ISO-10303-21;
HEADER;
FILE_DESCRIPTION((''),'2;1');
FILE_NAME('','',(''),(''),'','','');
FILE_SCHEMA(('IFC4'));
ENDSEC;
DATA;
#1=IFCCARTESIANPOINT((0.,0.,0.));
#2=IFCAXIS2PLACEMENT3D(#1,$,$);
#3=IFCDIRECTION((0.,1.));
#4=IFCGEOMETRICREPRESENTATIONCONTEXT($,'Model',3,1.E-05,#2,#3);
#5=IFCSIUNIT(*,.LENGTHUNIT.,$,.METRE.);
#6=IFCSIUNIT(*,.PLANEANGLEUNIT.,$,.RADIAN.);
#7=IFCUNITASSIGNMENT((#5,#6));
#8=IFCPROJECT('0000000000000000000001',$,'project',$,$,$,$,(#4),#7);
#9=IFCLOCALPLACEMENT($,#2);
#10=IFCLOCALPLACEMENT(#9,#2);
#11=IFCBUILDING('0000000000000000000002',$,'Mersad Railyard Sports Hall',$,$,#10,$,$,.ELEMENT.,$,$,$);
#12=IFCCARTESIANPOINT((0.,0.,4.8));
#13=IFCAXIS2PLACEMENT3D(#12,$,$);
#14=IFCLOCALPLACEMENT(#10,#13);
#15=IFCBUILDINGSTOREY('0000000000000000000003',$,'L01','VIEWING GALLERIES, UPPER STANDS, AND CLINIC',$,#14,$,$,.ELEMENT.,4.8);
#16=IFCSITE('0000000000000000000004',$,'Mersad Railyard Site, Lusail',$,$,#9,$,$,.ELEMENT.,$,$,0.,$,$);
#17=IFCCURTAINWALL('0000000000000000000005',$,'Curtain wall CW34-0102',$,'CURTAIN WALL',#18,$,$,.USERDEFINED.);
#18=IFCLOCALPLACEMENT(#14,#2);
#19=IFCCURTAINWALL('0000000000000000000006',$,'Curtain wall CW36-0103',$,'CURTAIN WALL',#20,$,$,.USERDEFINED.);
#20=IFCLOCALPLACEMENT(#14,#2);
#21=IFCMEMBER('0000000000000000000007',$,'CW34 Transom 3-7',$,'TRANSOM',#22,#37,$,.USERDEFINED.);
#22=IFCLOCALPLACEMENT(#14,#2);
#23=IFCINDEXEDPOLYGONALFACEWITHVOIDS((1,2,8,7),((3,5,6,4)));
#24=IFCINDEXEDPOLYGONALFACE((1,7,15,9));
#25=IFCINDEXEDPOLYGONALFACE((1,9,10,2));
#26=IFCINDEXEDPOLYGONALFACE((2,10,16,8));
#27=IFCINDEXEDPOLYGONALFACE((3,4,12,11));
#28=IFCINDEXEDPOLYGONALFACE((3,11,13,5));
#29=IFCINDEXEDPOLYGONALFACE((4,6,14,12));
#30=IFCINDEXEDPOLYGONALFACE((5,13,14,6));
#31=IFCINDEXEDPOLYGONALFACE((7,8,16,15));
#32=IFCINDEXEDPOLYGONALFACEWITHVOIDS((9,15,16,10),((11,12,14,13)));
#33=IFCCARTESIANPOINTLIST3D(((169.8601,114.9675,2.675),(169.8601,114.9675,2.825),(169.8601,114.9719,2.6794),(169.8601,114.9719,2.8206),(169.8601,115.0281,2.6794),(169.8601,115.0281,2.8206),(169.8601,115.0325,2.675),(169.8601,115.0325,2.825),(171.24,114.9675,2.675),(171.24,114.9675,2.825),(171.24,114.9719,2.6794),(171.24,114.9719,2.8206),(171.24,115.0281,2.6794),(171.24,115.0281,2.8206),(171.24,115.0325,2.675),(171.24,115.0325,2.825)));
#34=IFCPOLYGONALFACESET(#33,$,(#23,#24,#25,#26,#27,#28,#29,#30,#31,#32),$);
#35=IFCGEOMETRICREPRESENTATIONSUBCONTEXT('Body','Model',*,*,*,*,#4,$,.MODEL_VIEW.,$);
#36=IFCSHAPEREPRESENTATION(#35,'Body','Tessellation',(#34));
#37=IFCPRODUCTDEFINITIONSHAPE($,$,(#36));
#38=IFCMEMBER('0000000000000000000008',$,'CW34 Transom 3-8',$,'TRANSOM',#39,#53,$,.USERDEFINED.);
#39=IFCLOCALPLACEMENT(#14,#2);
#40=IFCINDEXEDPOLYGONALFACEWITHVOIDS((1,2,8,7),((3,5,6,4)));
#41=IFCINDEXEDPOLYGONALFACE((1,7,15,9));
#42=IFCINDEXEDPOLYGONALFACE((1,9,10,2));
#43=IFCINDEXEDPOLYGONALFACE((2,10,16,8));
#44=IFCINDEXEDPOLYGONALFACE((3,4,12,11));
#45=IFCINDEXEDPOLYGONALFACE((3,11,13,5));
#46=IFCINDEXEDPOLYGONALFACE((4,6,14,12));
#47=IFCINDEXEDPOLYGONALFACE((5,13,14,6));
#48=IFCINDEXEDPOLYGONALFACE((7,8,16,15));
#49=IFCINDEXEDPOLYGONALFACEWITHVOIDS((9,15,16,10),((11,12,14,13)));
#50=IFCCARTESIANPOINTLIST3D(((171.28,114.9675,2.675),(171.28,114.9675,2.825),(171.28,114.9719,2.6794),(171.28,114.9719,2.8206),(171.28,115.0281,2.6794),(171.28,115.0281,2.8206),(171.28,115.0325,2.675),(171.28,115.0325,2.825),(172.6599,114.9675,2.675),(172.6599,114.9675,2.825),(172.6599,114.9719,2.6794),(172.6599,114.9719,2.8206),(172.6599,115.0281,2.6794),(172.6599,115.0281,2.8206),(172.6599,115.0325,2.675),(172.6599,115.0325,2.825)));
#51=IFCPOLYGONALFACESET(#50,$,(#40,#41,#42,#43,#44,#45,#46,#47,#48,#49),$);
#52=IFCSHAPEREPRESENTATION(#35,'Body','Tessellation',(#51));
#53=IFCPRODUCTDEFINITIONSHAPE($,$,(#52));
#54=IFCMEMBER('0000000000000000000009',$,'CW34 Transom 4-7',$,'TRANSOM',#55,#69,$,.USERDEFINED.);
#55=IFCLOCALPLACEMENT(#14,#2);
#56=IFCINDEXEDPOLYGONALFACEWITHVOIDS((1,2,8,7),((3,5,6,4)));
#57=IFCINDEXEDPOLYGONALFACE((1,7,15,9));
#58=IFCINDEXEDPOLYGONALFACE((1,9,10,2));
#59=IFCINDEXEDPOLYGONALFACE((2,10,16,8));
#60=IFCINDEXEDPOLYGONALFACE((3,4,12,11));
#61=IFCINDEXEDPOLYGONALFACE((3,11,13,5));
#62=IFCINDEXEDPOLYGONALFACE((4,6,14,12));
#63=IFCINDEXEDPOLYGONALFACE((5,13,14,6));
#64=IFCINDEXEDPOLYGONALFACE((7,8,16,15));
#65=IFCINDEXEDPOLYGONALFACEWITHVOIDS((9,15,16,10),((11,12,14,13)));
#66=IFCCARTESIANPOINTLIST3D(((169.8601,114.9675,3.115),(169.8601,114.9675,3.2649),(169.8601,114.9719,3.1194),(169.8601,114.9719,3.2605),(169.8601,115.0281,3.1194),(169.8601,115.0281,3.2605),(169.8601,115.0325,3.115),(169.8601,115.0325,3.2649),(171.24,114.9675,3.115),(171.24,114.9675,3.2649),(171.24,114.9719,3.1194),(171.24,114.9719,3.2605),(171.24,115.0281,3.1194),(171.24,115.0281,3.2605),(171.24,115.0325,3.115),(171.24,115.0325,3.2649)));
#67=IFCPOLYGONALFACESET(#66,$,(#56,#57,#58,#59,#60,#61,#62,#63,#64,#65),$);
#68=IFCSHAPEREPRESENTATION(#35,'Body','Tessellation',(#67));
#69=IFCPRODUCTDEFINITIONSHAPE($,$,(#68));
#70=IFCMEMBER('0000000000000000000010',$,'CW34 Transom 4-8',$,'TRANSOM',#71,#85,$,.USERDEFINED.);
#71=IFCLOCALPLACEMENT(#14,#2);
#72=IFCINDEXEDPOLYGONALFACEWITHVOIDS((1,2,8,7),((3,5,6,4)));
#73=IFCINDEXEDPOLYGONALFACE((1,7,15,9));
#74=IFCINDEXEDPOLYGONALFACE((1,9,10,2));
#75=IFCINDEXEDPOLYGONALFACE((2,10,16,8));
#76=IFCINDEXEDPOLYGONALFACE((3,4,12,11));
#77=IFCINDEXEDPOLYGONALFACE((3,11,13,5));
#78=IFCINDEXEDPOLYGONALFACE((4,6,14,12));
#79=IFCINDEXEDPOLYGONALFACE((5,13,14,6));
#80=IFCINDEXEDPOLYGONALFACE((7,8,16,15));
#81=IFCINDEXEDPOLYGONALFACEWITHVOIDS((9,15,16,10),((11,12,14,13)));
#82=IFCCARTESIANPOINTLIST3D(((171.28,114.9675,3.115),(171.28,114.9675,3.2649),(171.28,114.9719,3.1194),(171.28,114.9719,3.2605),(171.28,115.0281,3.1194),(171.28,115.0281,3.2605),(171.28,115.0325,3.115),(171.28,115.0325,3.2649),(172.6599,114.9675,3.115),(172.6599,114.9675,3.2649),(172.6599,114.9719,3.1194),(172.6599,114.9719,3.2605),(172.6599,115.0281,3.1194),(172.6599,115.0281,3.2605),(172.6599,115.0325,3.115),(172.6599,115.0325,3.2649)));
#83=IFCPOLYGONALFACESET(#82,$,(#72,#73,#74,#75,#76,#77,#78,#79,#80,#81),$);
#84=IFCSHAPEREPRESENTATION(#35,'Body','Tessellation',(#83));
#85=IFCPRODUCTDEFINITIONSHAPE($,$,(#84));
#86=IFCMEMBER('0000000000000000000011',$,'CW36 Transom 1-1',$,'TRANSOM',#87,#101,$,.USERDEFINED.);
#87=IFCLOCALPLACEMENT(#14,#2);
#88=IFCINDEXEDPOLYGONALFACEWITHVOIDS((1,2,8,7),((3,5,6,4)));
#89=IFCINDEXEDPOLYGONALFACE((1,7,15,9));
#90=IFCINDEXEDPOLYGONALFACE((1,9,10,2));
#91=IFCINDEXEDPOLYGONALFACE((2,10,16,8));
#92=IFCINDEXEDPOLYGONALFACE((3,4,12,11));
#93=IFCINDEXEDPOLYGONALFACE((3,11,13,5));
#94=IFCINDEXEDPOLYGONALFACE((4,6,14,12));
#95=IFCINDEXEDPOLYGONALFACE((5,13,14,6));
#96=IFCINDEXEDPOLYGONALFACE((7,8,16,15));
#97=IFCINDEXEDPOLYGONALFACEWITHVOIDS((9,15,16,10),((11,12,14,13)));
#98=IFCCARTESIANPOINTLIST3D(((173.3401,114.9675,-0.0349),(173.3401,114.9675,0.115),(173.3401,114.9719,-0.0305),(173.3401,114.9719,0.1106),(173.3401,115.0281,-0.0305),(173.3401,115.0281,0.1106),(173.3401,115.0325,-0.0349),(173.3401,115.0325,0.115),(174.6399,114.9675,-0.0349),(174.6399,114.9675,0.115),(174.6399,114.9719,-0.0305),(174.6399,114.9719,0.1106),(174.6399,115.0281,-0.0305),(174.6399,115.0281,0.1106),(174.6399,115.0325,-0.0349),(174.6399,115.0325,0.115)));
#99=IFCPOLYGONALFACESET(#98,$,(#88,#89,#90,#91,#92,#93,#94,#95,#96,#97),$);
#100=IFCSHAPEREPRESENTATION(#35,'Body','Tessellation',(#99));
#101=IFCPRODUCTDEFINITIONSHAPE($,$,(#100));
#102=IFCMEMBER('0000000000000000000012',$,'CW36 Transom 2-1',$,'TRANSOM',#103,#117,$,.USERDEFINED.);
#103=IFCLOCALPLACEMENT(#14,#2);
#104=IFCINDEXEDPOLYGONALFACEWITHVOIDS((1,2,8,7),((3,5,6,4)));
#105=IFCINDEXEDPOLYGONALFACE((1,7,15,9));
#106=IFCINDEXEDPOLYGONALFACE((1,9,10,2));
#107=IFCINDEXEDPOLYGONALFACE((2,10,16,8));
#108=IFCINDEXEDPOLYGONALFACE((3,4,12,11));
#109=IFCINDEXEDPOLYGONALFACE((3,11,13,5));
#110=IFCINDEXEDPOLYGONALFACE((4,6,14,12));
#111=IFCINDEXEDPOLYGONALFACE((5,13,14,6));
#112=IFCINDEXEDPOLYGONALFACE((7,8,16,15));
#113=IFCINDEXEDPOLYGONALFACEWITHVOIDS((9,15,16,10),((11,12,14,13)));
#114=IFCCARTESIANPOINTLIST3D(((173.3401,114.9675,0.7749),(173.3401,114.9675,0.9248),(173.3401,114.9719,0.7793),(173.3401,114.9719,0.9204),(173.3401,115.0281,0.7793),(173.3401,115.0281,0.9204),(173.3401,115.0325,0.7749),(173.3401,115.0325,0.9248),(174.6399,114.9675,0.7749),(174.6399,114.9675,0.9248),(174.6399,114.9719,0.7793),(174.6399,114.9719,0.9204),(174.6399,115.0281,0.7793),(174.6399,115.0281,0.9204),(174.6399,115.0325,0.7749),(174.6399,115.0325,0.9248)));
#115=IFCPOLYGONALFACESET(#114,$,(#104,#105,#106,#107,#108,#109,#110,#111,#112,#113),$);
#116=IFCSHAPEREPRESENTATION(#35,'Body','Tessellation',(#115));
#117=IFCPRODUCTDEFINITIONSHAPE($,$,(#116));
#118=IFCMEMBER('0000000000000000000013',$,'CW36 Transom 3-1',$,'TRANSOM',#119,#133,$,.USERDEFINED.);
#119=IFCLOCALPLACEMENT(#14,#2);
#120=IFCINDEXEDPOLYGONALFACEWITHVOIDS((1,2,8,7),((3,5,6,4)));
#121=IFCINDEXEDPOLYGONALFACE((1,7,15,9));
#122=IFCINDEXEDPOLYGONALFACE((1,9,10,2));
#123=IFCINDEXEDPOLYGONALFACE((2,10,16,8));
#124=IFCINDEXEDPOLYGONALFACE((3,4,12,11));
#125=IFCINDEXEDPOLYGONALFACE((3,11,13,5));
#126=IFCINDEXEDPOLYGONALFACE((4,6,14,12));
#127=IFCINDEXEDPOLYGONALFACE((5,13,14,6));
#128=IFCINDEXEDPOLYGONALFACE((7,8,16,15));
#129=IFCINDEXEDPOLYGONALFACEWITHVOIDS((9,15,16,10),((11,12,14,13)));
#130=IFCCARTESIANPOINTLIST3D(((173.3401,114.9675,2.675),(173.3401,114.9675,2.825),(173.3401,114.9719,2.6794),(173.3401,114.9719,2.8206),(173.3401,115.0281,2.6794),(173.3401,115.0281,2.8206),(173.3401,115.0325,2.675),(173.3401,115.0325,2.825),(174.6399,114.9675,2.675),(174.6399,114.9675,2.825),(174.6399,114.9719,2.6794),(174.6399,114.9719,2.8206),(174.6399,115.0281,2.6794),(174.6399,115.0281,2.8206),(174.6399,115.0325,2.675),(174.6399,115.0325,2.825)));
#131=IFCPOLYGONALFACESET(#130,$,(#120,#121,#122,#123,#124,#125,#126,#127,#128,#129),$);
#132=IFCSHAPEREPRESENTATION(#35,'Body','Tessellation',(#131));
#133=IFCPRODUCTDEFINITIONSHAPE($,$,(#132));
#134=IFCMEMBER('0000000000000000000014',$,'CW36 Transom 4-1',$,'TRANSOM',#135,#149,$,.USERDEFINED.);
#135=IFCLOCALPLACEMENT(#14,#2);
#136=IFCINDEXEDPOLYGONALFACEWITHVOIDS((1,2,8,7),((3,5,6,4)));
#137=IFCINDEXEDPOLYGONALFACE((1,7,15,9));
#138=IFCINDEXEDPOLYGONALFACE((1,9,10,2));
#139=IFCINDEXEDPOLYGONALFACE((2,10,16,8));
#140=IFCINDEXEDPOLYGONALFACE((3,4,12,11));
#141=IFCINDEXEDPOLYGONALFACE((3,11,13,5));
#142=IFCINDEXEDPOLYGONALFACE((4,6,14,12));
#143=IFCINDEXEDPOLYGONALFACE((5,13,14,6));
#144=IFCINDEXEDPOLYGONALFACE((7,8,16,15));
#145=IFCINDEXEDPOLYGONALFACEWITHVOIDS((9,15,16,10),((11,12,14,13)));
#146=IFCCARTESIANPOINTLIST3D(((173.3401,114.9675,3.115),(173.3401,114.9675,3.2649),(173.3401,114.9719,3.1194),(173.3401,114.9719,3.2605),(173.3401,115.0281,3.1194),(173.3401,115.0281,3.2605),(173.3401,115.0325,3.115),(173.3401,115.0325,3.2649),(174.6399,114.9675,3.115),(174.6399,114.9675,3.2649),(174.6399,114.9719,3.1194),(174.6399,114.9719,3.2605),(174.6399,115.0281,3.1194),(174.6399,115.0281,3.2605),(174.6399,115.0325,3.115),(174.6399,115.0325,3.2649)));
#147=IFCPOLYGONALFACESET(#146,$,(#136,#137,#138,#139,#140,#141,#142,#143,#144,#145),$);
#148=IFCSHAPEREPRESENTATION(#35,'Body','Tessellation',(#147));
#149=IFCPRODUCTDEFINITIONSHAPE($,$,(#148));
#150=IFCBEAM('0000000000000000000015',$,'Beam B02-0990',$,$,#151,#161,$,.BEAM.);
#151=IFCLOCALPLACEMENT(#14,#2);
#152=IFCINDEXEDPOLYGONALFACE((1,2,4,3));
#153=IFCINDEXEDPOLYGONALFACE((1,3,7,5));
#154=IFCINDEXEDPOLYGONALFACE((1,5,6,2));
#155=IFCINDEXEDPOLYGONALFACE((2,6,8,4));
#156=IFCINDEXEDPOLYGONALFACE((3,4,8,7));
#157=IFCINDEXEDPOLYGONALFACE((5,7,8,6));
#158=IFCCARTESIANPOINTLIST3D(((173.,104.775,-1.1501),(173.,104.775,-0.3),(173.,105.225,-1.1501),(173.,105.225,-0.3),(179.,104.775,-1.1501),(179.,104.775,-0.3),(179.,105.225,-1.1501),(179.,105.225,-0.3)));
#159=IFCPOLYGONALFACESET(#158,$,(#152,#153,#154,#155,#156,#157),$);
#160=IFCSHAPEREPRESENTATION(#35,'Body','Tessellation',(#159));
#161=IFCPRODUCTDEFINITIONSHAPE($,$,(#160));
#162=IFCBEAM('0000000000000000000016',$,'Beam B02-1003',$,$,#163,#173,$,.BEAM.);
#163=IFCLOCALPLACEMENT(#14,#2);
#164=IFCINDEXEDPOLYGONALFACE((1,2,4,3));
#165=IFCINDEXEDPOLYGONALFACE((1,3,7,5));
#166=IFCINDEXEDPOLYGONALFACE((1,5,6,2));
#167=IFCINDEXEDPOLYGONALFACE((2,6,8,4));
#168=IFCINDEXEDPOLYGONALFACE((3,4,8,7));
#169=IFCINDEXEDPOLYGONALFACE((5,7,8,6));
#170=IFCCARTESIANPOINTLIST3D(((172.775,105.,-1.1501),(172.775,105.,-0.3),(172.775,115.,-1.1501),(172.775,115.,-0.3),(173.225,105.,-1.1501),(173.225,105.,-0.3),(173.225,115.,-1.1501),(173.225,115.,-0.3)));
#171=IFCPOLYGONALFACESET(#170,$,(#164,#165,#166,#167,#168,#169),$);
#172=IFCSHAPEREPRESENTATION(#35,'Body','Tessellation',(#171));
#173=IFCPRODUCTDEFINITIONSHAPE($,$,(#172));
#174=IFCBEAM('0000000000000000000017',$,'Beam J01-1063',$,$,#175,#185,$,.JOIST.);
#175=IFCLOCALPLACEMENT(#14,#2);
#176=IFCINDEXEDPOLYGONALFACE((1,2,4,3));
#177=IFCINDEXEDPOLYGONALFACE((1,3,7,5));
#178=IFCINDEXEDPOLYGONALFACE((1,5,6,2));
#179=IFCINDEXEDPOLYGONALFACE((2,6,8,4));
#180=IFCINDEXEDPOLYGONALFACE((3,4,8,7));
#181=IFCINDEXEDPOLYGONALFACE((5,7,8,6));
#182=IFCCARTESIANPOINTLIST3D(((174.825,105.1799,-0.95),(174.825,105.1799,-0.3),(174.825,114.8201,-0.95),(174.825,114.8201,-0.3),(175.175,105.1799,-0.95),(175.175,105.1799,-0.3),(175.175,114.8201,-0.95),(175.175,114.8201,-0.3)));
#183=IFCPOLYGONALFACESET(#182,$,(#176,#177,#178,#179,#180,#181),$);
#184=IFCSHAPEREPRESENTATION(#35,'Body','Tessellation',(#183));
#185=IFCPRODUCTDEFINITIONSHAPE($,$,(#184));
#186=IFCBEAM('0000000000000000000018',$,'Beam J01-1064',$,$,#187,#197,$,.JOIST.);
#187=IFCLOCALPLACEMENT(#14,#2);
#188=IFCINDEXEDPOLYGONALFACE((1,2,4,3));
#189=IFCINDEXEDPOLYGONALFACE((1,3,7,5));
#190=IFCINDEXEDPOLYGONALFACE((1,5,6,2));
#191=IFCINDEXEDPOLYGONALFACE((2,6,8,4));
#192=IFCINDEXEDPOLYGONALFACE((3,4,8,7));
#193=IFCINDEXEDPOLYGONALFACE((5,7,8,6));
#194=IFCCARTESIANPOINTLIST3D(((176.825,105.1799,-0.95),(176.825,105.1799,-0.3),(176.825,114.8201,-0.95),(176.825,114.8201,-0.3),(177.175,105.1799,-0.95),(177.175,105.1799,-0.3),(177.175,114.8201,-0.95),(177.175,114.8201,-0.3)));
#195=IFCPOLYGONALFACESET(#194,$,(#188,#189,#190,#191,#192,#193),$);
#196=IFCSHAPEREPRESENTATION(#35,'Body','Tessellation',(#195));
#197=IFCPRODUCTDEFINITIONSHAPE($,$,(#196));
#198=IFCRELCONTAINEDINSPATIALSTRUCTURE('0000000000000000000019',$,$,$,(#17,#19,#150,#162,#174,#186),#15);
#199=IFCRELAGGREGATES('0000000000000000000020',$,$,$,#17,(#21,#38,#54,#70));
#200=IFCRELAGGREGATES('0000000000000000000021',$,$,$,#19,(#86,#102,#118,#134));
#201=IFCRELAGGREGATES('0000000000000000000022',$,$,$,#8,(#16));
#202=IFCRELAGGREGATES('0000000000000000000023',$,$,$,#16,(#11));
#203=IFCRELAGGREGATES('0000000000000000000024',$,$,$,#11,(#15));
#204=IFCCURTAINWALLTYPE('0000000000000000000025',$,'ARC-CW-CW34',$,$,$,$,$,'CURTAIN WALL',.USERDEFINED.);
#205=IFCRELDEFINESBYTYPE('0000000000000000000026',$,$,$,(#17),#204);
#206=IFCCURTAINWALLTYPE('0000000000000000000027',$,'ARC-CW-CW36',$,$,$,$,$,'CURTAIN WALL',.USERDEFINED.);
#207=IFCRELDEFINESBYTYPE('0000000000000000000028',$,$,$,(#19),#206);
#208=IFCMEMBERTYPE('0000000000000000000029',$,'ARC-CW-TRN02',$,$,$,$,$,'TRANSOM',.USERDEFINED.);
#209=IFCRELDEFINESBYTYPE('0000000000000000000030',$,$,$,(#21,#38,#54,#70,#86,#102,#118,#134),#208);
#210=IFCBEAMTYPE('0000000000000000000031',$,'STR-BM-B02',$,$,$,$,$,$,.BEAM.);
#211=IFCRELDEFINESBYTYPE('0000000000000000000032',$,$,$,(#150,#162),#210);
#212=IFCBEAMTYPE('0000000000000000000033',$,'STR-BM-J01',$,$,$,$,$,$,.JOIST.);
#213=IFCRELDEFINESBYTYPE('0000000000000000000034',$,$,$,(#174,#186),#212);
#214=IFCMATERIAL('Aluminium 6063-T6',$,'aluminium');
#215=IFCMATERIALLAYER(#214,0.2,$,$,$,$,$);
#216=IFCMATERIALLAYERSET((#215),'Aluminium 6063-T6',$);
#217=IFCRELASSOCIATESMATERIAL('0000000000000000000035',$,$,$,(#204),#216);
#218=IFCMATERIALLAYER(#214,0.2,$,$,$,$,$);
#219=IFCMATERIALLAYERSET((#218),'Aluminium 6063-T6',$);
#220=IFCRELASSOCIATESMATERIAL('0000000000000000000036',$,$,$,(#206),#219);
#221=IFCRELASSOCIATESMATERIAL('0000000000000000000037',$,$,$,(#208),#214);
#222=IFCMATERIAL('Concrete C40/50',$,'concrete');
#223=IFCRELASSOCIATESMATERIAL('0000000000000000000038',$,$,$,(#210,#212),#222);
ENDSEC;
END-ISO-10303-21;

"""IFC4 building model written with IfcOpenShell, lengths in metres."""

from ifc_helpers import new_model, si_unit, direction, frame, origin, origin_2d, place, context, subcontext, project, spatial, rectangle, hollow_rectangle, extrude, material, layer, layer_set, material_profile, profile_set, type_object, element, aggregate, save


model = new_model("IFC4")

# Units and contexts
model_context = context("Model", 3, precision=1e-05, world=origin(), true_north=direction((0.0, 1.0)))
body_context = subcontext(model_context, "Body", "Model", "MODEL_VIEW")
ifc_project = project(units=[si_unit("LENGTHUNIT", "METRE"), si_unit("PLANEANGLEUNIT", "RADIAN")], contexts=[model_context])

# Site, building, storey
site_placement = place(None, origin())
site = spatial("IfcSite", under=ifc_project, at=site_placement, Name="Mersad Railyard Site, Lusail", CompositionType="ELEMENT", RefElevation=0.0)
building_placement = place(site_placement, origin())
building = spatial("IfcBuilding", under=site, at=building_placement, Name="Mersad Railyard Sports Hall", CompositionType="ELEMENT")
storey_placement = place(building_placement, frame((0.0, 0.0, 4.8)))
storey = spatial("IfcBuildingStorey", under=building, at=storey_placement, Name="L01", Description="VIEWING GALLERIES, UPPER STANDS, AND CLINIC", CompositionType="ELEMENT", Elevation=4.8)

# Curtain wall
ifc_material_1 = material(Name="Aluminium 6063-T6", Category="aluminium")
ifc_layer_1 = layer(ifc_material_1, 0.2)
ifc_layer_set_1 = layer_set([ifc_layer_1], Name="Aluminium 6063-T6")
curtain_wall_type_1 = type_object("IfcCurtainWallType", Name="ARC-CW-CW34", ElementType="CURTAIN WALL", PredefinedType="USERDEFINED", material=ifc_layer_set_1)
curtain_wall_1_placement = place(storey_placement, origin())
curtain_wall_1 = element("IfcCurtainWall", 1, at=curtain_wall_1_placement, inside=storey, type_object=curtain_wall_type_1, Name="Curtain wall CW34-0102", ObjectType="CURTAIN WALL", PredefinedType="USERDEFINED")

# Curtain wall
ifc_layer_2 = layer(ifc_material_1, 0.2)
ifc_layer_set_2 = layer_set([ifc_layer_2], Name="Aluminium 6063-T6")
curtain_wall_type_2 = type_object("IfcCurtainWallType", Name="ARC-CW-CW36", ElementType="CURTAIN WALL", PredefinedType="USERDEFINED", material=ifc_layer_set_2)
curtain_wall_2_placement = place(storey_placement, origin())
curtain_wall_2 = element("IfcCurtainWall", 2, at=curtain_wall_2_placement, inside=storey, type_object=curtain_wall_type_2, Name="Curtain wall CW36-0103", ObjectType="CURTAIN WALL", PredefinedType="USERDEFINED")

# Members
ifc_material_profile_1 = material_profile(ifc_material_1, hollow_rectangle(XDim=0.0649, YDim=0.1499, WallThickness=0.0044, at=origin_2d()), Name="AL TRANSOM 65x150x4.5")
ifc_profile_set_1 = profile_set([ifc_material_profile_1], Name="Aluminium 6063-T6")
member_type_1 = type_object("IfcMemberType", Name="ARC-CW-TRN02", ElementType="TRANSOM", PredefinedType="USERDEFINED", material=ifc_profile_set_1)
member_1_placement = place(storey_placement, frame((169.8601, 115.0, 2.75), z_axis=(1.0, 0.0, 0.0), x_axis=(0.0, 1.0, 0.0)))
member_1 = element("IfcMember", 3, at=member_1_placement, type_object=member_type_1, Name="CW34 Transom 3-7", ObjectType="TRANSOM", PredefinedType="USERDEFINED", context=body_context, shape_type="SweptSolid", body=[
    extrude(hollow_rectangle(XDim=0.0649, YDim=0.1499, WallThickness=0.0044, at=origin_2d()), origin(), (0.0, 0.0, 1.0), 1.3799),
])
member_2_placement = place(storey_placement, frame((171.28, 115.0, 2.75), z_axis=(1.0, 0.0, 0.0), x_axis=(0.0, 1.0, 0.0)))
member_2 = element("IfcMember", 4, at=member_2_placement, type_object=member_type_1, Name="CW34 Transom 3-8", ObjectType="TRANSOM", PredefinedType="USERDEFINED", context=body_context, shape_type="SweptSolid", body=[
    extrude(hollow_rectangle(XDim=0.0649, YDim=0.1499, WallThickness=0.0044, at=origin_2d()), origin(), (0.0, 0.0, 1.0), 1.3799),
])
member_3_placement = place(storey_placement, frame((169.8601, 115.0, 3.1899), z_axis=(1.0, 0.0, 0.0), x_axis=(0.0, 1.0, 0.0)))
member_3 = element("IfcMember", 5, at=member_3_placement, type_object=member_type_1, Name="CW34 Transom 4-7", ObjectType="TRANSOM", PredefinedType="USERDEFINED", context=body_context, shape_type="SweptSolid", body=[
    extrude(hollow_rectangle(XDim=0.0649, YDim=0.1499, WallThickness=0.0044, at=origin_2d()), origin(), (0.0, 0.0, 1.0), 1.3799),
])
member_4_placement = place(storey_placement, frame((171.28, 115.0, 3.1899), z_axis=(1.0, 0.0, 0.0), x_axis=(0.0, 1.0, 0.0)))
member_4 = element("IfcMember", 6, at=member_4_placement, type_object=member_type_1, Name="CW34 Transom 4-8", ObjectType="TRANSOM", PredefinedType="USERDEFINED", context=body_context, shape_type="SweptSolid", body=[
    extrude(hollow_rectangle(XDim=0.0649, YDim=0.1499, WallThickness=0.0044, at=origin_2d()), origin(), (0.0, 0.0, 1.0), 1.3799),
])
member_5_placement = place(storey_placement, frame((173.3401, 115.0, 0.04), z_axis=(1.0, 0.0, 0.0), x_axis=(0.0, 1.0, 0.0)))
member_5 = element("IfcMember", 7, at=member_5_placement, type_object=member_type_1, Name="CW36 Transom 1-1", ObjectType="TRANSOM", PredefinedType="USERDEFINED", context=body_context, shape_type="SweptSolid", body=[
    extrude(hollow_rectangle(XDim=0.0649, YDim=0.1499, WallThickness=0.0044, at=origin_2d()), origin(), (0.0, 0.0, 1.0), 1.2998),
])
member_6_placement = place(storey_placement, frame((173.3401, 115.0, 0.8499), z_axis=(1.0, 0.0, 0.0), x_axis=(0.0, 1.0, 0.0)))
member_6 = element("IfcMember", 8, at=member_6_placement, type_object=member_type_1, Name="CW36 Transom 2-1", ObjectType="TRANSOM", PredefinedType="USERDEFINED", context=body_context, shape_type="SweptSolid", body=[
    extrude(hollow_rectangle(XDim=0.0649, YDim=0.1499, WallThickness=0.0044, at=origin_2d()), origin(), (0.0, 0.0, 1.0), 1.2998),
])
member_7_placement = place(storey_placement, frame((173.3401, 115.0, 2.75), z_axis=(1.0, 0.0, 0.0), x_axis=(0.0, 1.0, 0.0)))
member_7 = element("IfcMember", 9, at=member_7_placement, type_object=member_type_1, Name="CW36 Transom 3-1", ObjectType="TRANSOM", PredefinedType="USERDEFINED", context=body_context, shape_type="SweptSolid", body=[
    extrude(hollow_rectangle(XDim=0.0649, YDim=0.1499, WallThickness=0.0044, at=origin_2d()), origin(), (0.0, 0.0, 1.0), 1.2998),
])
member_8_placement = place(storey_placement, frame((173.3401, 115.0, 3.1899), z_axis=(1.0, 0.0, 0.0), x_axis=(0.0, 1.0, 0.0)))
member_8 = element("IfcMember", 10, at=member_8_placement, type_object=member_type_1, Name="CW36 Transom 4-1", ObjectType="TRANSOM", PredefinedType="USERDEFINED", context=body_context, shape_type="SweptSolid", body=[
    extrude(hollow_rectangle(XDim=0.0649, YDim=0.1499, WallThickness=0.0044, at=origin_2d()), origin(), (0.0, 0.0, 1.0), 1.2998),
])

# Beams
ifc_material_2 = material(Name="Concrete C40/50", Category="concrete")
ifc_material_profile_2 = material_profile(ifc_material_2, rectangle(XDim=0.45, YDim=0.8501, at=origin_2d()), Name="RC 450x850")
ifc_profile_set_2 = profile_set([ifc_material_profile_2], Name="Concrete C40/50")
beam_type_1 = type_object("IfcBeamType", Name="STR-BM-B02", PredefinedType="BEAM", material=ifc_profile_set_2)
beam_1_placement = place(storey_placement, frame((173.0, 105.0, -0.7251), z_axis=(1.0, 0.0, 0.0), x_axis=(0.0, 1.0, 0.0)))
element("IfcBeam", 11, at=beam_1_placement, inside=storey, type_object=beam_type_1, Name="Beam B02-0990", PredefinedType="BEAM", context=body_context, shape_type="SweptSolid", body=[
    extrude(rectangle(XDim=0.45, YDim=0.8501, at=origin_2d()), origin(), (0.0, 0.0, 1.0), 6.0),
])
beam_2_placement = place(storey_placement, frame((173.0, 105.0, -0.7251), z_axis=(0.0, 1.0, 0.0), x_axis=(-1.0, 0.0, 0.0)))
element("IfcBeam", 12, at=beam_2_placement, inside=storey, type_object=beam_type_1, Name="Beam B02-1003", PredefinedType="BEAM", context=body_context, shape_type="SweptSolid", body=[
    extrude(rectangle(XDim=0.45, YDim=0.8501, at=origin_2d()), origin(), (0.0, 0.0, 1.0), 10.0),
])
ifc_material_profile_3 = material_profile(ifc_material_2, rectangle(XDim=0.3501, YDim=0.6499, at=origin_2d()), Name="RC 350x650")
ifc_profile_set_3 = profile_set([ifc_material_profile_3], Name="Concrete C40/50")
beam_type_2 = type_object("IfcBeamType", Name="STR-BM-J01", PredefinedType="JOIST", material=ifc_profile_set_3)
for number, where, z_axis, x_axis, name in (
    (13, (175.0, 105.1799, -0.625), (0.0, 1.0, 0.0), (-1.0, 0.0, 0.0), "Beam J01-1063"),
    (14, (177.0, 105.1799, -0.625), (0.0, 1.0, 0.0), (-1.0, 0.0, 0.0), "Beam J01-1064"),
):
    element("IfcBeam", number, at=place(storey_placement, frame(where, z_axis=z_axis, x_axis=x_axis)), inside=storey, type_object=beam_type_2, Name=name, PredefinedType="JOIST", context=body_context, shape_type="SweptSolid", body=[
        extrude(rectangle(XDim=0.3501, YDim=0.6499, at=origin_2d()), origin(), (0.0, 0.0, 1.0), 9.6401),
    ])

aggregate(curtain_wall_1, [member_1, member_2, member_3, member_4])
aggregate(curtain_wall_2, [member_5, member_6, member_7, member_8])

save(model, "model.ifc")
